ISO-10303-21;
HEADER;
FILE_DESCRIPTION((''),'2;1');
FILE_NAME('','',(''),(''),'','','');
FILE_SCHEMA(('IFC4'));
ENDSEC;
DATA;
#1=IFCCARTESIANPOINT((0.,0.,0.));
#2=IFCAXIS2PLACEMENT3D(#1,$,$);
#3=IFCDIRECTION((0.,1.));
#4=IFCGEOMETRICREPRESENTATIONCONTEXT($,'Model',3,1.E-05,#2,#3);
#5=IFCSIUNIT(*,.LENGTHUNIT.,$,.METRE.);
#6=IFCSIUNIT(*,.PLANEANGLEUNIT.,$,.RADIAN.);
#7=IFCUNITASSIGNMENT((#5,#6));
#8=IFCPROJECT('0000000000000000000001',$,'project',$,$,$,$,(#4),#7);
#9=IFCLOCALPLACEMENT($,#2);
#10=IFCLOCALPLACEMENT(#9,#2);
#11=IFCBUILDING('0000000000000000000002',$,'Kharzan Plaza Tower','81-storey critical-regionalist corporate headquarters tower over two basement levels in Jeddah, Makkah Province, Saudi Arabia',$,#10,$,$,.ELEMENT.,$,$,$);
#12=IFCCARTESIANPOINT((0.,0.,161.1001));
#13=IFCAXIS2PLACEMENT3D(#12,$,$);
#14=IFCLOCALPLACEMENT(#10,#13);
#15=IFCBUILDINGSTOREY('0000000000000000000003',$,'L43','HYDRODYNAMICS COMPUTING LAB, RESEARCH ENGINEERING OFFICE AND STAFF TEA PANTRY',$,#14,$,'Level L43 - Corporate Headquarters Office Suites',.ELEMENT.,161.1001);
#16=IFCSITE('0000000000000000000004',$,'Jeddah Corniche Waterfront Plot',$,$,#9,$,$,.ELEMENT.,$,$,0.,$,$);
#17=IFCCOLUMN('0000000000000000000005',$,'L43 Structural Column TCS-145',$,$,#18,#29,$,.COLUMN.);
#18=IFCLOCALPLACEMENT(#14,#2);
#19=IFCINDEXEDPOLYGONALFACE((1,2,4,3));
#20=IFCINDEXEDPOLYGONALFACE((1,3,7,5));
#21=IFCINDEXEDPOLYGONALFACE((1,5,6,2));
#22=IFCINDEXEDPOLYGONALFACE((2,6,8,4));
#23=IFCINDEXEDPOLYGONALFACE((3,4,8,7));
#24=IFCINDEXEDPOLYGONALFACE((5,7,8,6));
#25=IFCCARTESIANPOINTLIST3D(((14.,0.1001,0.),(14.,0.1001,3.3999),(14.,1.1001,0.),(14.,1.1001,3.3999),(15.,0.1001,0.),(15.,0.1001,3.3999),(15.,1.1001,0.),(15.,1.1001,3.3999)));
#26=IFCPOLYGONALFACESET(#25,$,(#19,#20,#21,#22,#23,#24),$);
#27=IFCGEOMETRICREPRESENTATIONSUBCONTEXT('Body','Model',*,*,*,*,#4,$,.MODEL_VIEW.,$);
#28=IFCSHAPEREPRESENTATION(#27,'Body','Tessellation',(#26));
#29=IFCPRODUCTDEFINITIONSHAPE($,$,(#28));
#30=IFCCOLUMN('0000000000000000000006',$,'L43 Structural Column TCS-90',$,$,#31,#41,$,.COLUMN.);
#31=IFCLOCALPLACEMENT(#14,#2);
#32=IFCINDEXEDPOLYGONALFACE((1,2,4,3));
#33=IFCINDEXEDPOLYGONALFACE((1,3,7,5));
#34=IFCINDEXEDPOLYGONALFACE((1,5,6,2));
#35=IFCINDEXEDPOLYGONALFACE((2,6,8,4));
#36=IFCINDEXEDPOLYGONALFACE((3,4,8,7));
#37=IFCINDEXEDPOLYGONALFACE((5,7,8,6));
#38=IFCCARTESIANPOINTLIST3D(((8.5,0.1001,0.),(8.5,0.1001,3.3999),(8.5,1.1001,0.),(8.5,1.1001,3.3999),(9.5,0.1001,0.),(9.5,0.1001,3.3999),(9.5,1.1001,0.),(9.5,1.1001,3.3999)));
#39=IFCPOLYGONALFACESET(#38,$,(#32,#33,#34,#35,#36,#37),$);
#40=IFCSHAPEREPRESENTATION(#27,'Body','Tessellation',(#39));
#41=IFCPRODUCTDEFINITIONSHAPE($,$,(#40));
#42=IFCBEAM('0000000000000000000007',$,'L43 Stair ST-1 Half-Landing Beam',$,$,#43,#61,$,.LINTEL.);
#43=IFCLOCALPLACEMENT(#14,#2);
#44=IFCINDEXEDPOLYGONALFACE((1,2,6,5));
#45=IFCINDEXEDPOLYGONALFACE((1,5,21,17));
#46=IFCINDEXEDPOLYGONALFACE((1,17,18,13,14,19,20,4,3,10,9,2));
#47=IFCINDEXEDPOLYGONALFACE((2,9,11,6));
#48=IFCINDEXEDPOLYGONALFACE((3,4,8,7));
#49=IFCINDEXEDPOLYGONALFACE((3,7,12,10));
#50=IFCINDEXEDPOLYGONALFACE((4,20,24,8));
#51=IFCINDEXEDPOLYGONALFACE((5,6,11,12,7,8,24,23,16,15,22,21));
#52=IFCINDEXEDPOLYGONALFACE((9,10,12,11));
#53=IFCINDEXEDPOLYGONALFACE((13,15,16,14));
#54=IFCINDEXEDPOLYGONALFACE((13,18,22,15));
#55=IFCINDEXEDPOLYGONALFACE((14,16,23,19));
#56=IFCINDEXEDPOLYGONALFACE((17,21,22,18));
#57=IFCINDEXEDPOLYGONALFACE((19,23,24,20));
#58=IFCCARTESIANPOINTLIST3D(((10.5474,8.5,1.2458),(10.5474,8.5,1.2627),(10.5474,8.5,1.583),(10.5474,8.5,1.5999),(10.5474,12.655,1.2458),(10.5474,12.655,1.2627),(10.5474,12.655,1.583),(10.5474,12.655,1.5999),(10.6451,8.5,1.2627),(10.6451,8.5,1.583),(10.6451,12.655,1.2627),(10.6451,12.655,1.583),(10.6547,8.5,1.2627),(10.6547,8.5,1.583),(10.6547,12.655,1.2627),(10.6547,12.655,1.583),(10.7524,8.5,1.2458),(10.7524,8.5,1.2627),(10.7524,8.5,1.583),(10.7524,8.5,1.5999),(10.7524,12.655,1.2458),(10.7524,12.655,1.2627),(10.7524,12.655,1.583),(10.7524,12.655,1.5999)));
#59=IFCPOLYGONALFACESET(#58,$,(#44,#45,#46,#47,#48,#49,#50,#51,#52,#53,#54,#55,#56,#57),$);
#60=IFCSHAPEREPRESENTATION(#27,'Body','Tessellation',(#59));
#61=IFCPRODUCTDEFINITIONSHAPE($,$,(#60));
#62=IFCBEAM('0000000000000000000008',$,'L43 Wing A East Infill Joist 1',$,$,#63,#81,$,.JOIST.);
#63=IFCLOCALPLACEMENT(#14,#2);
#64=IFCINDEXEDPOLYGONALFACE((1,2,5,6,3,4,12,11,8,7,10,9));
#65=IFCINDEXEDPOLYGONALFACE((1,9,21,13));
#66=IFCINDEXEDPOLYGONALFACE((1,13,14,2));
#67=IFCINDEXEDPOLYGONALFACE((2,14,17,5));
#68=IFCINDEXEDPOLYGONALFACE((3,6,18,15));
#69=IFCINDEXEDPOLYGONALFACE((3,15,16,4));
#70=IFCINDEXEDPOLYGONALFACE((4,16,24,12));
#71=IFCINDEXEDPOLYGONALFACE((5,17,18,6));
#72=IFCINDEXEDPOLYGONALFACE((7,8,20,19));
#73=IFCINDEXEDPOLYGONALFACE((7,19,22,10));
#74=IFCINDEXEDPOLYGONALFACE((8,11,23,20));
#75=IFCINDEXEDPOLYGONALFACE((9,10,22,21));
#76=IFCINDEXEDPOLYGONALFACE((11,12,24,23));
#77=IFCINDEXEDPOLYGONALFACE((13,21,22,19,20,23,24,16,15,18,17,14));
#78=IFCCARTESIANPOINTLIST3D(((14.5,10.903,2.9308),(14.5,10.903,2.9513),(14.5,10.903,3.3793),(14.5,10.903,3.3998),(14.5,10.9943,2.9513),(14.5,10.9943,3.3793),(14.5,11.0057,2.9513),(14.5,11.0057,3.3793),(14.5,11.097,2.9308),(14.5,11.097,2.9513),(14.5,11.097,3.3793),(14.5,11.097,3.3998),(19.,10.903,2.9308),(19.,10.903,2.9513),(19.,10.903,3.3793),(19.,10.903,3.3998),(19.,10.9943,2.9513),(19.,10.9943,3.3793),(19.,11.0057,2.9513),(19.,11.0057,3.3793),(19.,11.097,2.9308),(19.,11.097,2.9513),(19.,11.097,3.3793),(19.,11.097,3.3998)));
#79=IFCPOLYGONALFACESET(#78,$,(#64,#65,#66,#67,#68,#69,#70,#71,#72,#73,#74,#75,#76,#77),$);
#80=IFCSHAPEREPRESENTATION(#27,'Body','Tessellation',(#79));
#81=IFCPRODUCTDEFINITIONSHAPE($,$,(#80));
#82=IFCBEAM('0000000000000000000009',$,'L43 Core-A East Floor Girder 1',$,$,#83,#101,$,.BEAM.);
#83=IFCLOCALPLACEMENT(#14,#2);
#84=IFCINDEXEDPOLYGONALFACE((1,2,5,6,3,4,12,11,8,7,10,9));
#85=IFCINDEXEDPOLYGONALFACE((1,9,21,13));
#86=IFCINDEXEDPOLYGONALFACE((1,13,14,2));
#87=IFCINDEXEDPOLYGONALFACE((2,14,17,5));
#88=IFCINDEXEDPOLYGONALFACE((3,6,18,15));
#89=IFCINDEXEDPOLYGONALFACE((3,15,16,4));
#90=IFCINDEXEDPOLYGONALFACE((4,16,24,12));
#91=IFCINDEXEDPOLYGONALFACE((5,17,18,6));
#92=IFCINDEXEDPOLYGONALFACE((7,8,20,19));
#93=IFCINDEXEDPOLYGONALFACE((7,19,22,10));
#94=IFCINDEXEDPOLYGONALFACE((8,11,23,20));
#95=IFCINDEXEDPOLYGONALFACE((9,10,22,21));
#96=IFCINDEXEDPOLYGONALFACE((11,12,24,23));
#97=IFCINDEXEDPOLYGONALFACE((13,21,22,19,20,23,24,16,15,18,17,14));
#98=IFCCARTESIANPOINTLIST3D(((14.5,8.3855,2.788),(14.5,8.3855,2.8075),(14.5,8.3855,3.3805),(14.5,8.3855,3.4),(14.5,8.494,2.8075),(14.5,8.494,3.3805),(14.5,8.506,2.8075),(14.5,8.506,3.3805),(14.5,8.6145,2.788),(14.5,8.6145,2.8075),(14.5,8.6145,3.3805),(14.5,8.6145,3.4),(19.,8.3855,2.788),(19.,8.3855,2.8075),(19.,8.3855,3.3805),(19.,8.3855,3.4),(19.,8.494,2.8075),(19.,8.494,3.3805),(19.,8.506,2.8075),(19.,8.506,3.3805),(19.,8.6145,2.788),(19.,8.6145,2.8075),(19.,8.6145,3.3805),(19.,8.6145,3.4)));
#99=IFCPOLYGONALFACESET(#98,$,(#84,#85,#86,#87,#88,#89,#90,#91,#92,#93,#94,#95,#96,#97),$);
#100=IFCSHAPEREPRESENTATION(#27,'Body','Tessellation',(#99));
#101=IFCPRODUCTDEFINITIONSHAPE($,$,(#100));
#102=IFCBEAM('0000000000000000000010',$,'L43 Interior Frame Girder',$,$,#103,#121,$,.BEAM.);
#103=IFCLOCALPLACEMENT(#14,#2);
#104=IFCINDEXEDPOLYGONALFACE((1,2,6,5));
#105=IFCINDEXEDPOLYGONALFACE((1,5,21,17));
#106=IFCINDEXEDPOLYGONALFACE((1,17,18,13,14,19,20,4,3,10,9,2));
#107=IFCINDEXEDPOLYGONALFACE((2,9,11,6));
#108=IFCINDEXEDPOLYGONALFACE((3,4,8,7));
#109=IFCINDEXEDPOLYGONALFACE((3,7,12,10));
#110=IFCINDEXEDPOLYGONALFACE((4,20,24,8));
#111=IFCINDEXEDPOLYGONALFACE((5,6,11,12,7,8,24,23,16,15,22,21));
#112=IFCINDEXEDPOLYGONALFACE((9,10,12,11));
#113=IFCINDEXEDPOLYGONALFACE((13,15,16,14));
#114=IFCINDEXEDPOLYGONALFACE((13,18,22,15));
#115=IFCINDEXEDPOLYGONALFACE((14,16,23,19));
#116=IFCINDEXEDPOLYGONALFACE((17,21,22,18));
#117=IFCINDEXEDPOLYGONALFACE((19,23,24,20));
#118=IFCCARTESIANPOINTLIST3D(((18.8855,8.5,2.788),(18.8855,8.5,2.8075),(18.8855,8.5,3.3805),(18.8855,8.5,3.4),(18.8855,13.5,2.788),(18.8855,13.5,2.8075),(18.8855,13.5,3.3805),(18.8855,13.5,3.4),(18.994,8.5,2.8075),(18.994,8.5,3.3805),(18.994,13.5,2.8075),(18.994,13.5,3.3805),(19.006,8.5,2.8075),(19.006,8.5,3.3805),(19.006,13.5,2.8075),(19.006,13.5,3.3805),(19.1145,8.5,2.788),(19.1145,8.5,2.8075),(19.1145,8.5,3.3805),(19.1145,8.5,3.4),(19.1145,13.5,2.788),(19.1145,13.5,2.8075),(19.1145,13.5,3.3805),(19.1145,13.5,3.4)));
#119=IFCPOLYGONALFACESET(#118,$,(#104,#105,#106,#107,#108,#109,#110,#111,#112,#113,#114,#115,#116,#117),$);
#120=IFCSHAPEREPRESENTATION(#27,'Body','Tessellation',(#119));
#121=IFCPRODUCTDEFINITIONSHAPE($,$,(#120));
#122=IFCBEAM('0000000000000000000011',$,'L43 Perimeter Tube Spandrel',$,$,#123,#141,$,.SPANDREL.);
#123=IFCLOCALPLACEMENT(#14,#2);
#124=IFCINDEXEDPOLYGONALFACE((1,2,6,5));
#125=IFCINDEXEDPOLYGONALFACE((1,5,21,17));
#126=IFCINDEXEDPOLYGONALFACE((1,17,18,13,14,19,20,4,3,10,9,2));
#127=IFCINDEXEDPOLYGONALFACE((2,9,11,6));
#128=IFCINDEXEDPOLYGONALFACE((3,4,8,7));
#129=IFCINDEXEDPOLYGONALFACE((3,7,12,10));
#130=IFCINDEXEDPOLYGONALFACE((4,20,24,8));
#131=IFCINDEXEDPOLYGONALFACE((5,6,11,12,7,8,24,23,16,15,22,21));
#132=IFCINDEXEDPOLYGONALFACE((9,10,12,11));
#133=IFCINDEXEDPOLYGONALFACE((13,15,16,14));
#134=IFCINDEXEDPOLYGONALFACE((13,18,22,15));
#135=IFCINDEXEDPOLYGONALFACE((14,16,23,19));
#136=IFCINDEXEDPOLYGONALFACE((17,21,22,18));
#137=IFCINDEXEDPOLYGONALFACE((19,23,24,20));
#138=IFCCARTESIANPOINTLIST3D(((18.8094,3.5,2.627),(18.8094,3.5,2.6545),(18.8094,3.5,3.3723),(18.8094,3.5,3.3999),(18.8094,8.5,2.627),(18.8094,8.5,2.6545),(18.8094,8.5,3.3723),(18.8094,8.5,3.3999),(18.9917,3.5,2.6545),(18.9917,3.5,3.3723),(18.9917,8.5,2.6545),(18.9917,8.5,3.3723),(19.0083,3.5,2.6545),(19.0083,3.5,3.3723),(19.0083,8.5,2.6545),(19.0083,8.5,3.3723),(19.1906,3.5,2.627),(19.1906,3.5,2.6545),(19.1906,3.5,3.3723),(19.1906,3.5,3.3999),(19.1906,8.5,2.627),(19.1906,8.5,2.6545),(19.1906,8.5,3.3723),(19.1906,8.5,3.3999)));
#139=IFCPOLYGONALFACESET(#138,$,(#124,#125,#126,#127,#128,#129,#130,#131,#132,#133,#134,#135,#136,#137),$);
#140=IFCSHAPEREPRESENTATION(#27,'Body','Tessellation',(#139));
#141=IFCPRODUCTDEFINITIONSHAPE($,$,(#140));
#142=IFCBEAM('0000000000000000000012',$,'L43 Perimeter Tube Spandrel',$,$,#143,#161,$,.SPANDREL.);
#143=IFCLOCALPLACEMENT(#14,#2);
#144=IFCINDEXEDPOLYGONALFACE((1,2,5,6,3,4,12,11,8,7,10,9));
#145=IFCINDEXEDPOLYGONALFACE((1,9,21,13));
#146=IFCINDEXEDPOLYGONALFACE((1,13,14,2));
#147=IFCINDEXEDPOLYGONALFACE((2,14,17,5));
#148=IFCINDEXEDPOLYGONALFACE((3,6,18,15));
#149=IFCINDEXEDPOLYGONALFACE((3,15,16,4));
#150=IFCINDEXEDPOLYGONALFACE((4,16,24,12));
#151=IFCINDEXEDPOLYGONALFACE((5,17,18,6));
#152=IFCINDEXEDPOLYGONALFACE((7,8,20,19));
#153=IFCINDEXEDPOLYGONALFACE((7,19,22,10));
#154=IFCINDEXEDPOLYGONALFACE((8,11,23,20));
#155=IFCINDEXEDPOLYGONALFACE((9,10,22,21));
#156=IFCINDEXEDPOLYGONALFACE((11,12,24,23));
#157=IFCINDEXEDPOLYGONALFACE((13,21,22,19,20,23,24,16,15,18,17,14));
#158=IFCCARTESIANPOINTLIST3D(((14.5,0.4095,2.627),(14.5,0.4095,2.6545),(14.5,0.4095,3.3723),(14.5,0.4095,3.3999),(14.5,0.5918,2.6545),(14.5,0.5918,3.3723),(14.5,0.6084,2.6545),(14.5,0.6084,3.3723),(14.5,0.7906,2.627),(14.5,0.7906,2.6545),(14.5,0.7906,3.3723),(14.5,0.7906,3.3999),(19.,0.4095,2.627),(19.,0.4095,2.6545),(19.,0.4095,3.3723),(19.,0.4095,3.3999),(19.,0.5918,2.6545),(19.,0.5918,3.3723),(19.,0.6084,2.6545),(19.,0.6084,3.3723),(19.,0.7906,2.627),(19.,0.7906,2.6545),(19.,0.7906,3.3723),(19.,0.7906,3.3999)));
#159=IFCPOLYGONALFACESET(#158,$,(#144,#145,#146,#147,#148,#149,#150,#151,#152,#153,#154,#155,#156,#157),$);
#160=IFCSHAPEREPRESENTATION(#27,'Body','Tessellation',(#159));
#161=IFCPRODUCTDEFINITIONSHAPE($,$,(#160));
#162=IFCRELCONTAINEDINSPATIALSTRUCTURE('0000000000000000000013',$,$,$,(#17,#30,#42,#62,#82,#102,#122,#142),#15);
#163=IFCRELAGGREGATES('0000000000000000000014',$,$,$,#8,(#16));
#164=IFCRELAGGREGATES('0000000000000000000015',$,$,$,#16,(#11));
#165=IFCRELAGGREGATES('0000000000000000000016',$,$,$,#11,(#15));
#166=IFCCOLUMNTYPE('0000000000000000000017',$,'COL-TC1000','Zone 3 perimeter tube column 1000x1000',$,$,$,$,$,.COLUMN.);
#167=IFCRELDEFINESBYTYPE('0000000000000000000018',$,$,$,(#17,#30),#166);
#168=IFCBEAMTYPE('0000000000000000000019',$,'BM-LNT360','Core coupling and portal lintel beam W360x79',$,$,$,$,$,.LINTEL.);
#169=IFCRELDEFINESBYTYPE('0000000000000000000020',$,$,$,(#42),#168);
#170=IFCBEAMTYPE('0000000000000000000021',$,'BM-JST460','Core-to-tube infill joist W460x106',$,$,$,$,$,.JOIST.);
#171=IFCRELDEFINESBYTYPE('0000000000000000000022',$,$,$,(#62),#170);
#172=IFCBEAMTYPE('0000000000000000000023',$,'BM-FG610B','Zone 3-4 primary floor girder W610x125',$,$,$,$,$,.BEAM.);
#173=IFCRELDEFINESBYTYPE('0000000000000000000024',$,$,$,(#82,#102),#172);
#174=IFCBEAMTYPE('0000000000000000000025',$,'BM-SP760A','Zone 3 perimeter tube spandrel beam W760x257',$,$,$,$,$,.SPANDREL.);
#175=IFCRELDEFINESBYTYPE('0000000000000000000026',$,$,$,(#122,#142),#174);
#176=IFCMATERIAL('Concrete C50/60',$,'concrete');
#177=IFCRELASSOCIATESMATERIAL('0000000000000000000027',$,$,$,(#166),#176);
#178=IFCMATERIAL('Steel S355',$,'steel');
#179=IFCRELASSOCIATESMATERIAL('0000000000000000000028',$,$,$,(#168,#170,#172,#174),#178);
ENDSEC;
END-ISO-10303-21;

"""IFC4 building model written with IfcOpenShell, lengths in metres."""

from ifc_helpers import new_model, si_unit, direction, frame, origin, origin_2d, place, context, subcontext, project, spatial, rectangle, i_section, extrude, source, transform, mapped, material, material_profile, profile_set, type_object, element, save


model = new_model("IFC4")

# Units and contexts
model_context = context("Model", 3, precision=1e-05, world=origin(), true_north=direction((0.0, 1.0)))
body_context = subcontext(model_context, "Body", "Model", "MODEL_VIEW")
ifc_project = project(units=[si_unit("LENGTHUNIT", "METRE"), si_unit("PLANEANGLEUNIT", "RADIAN")], contexts=[model_context])

# Site, building, storey
site_placement = place(None, origin())
site = spatial("IfcSite", under=ifc_project, at=site_placement, Name="Jeddah Corniche Waterfront Plot", CompositionType="ELEMENT", RefElevation=0.0)
building_placement = place(site_placement, origin())
building = spatial("IfcBuilding", under=site, at=building_placement, Name="Kharzan Plaza Tower", Description="81-storey critical-regionalist corporate headquarters tower over two basement levels in Jeddah, Makkah Province, Saudi Arabia", CompositionType="ELEMENT")
storey_placement = place(building_placement, frame((0.0, 0.0, 161.1001)))
storey = spatial("IfcBuildingStorey", under=building, at=storey_placement, Name="L43", Description="HYDRODYNAMICS COMPUTING LAB, RESEARCH ENGINEERING OFFICE AND STAFF TEA PANTRY", LongName="Level L43 - Corporate Headquarters Office Suites", CompositionType="ELEMENT", Elevation=161.1001)

# Columns
ifc_material_1 = material(Name="Concrete C50/60", Category="concrete")
ifc_material_profile_1 = material_profile(ifc_material_1, rectangle(XDim=1.0, YDim=1.0, at=origin_2d()), Name="RC-TC1000x1000")
ifc_profile_set_1 = profile_set([ifc_material_profile_1], Name="Concrete C50/60")
column_type = type_object("IfcColumnType", Name="COL-TC1000", Description="Zone 3 perimeter tube column 1000x1000", PredefinedType="COLUMN", material=ifc_profile_set_1)
shared_shape_1 = source(origin(), body_context, "Body", "SweptSolid", [
    extrude(rectangle(XDim=1.0, YDim=1.0, at=origin_2d()), origin(), (0.0, 0.0, 1.0), 3.3999),
])
for number, where, z_axis, x_axis, name in (
    (1, (14.5, 0.6001, 0.0), (0.0, 0.0, 1.0), (1.0, 0.0, 0.0), "L43 Structural Column TCS-145"),
    (2, (9.0, 0.6001, 0.0), (0.0, 0.0, 1.0), (1.0, 0.0, 0.0), "L43 Structural Column TCS-90"),
):
    element("IfcColumn", number, at=place(storey_placement, frame(where, z_axis=z_axis, x_axis=x_axis)), inside=storey, type_object=column_type, Name=name, PredefinedType="COLUMN", context=body_context, shape_type="MappedRepresentation", body=[
        mapped(shared_shape_1, transform((0.0, 0.0, 0.0), x_axis=(1.0, 0.0, 0.0), y_axis=(0.0, 1.0, 0.0), z_axis=(0.0, 0.0, 1.0))),
    ])

# Beams
ifc_material_2 = material(Name="Steel S355", Category="steel")
ifc_material_profile_2 = material_profile(ifc_material_2, i_section(OverallWidth=0.2051, OverallDepth=0.354, WebThickness=0.0095, FlangeThickness=0.0168, at=origin_2d()), Name="W360x79")
ifc_profile_set_2 = profile_set([ifc_material_profile_2], Name="Steel S355")
beam_type_1 = type_object("IfcBeamType", Name="BM-LNT360", Description="Core coupling and portal lintel beam W360x79", PredefinedType="LINTEL", material=ifc_profile_set_2)
shared_shape_2 = source(origin(), body_context, "Body", "SweptSolid", [
    extrude(i_section(OverallWidth=0.2051, OverallDepth=0.354, WebThickness=0.0095, FlangeThickness=0.0168, at=origin_2d()), origin(), (0.0, 0.0, 1.0), 4.155),
])
beam_1_placement = place(storey_placement, frame((10.6499, 8.5, 1.4229), z_axis=(0.0, 1.0, 0.0), x_axis=(-1.0, 0.0, 0.0)))
element("IfcBeam", 3, at=beam_1_placement, inside=storey, type_object=beam_type_1, Name="L43 Stair ST-1 Half-Landing Beam", PredefinedType="LINTEL", context=body_context, shape_type="MappedRepresentation", body=[
    mapped(shared_shape_2, transform((0.0, 0.0, 0.0), x_axis=(1.0, 0.0, 0.0), y_axis=(0.0, 1.0, 0.0), z_axis=(0.0, 0.0, 1.0))),
])
ifc_material_profile_3 = material_profile(ifc_material_2, i_section(OverallWidth=0.1941, OverallDepth=0.469, WebThickness=0.0115, FlangeThickness=0.0205, at=origin_2d()), Name="W460x106")
ifc_profile_set_3 = profile_set([ifc_material_profile_3], Name="Steel S355")
beam_type_2 = type_object("IfcBeamType", Name="BM-JST460", Description="Core-to-tube infill joist W460x106", PredefinedType="JOIST", material=ifc_profile_set_3)
shared_shape_3 = source(origin(), body_context, "Body", "SweptSolid", [
    extrude(i_section(OverallWidth=0.1941, OverallDepth=0.469, WebThickness=0.0115, FlangeThickness=0.0205, at=origin_2d()), origin(), (0.0, 0.0, 1.0), 4.5),
])
beam_2_placement = place(storey_placement, frame((14.5, 11.0, 3.1653), z_axis=(1.0, 0.0, 0.0), x_axis=(0.0, 1.0, 0.0)))
element("IfcBeam", 4, at=beam_2_placement, inside=storey, type_object=beam_type_2, Name="L43 Wing A East Infill Joist 1", PredefinedType="JOIST", context=body_context, shape_type="MappedRepresentation", body=[
    mapped(shared_shape_3, transform((0.0, 0.0, 0.0), x_axis=(1.0, 0.0, 0.0), y_axis=(0.0, 1.0, 0.0), z_axis=(0.0, 0.0, 1.0))),
])
ifc_material_profile_4 = material_profile(ifc_material_2, i_section(OverallWidth=0.229, OverallDepth=0.6121, WebThickness=0.012, FlangeThickness=0.0195, at=origin_2d()), Name="W610x125")
ifc_profile_set_4 = profile_set([ifc_material_profile_4], Name="Steel S355")
beam_type_3 = type_object("IfcBeamType", Name="BM-FG610B", Description="Zone 3-4 primary floor girder W610x125", PredefinedType="BEAM", material=ifc_profile_set_4)
shared_shape_4 = source(origin(), body_context, "Body", "SweptSolid", [
    extrude(i_section(OverallWidth=0.229, OverallDepth=0.6121, WebThickness=0.012, FlangeThickness=0.0195, at=origin_2d()), origin(), (0.0, 0.0, 1.0), 4.5),
])
beam_3_placement = place(storey_placement, frame((14.5, 8.5, 3.094), z_axis=(1.0, 0.0, 0.0), x_axis=(0.0, 1.0, 0.0)))
element("IfcBeam", 5, at=beam_3_placement, inside=storey, type_object=beam_type_3, Name="L43 Core-A East Floor Girder 1", PredefinedType="BEAM", context=body_context, shape_type="MappedRepresentation", body=[
    mapped(shared_shape_4, transform((0.0, 0.0, 0.0), x_axis=(1.0, 0.0, 0.0), y_axis=(0.0, 1.0, 0.0), z_axis=(0.0, 0.0, 1.0))),
])
shared_shape_5 = source(origin(), body_context, "Body", "SweptSolid", [
    extrude(i_section(OverallWidth=0.229, OverallDepth=0.6121, WebThickness=0.012, FlangeThickness=0.0195, at=origin_2d()), origin(), (0.0, 0.0, 1.0), 5.0),
])
beam_4_placement = place(storey_placement, frame((19.0, 8.5, 3.094), z_axis=(0.0, 1.0, 0.0), x_axis=(-1.0, 0.0, 0.0)))
element("IfcBeam", 6, at=beam_4_placement, inside=storey, type_object=beam_type_3, Name="L43 Interior Frame Girder", PredefinedType="BEAM", context=body_context, shape_type="MappedRepresentation", body=[
    mapped(shared_shape_5, transform((0.0, 0.0, 0.0), x_axis=(1.0, 0.0, 0.0), y_axis=(0.0, 1.0, 0.0), z_axis=(0.0, 0.0, 1.0))),
])
ifc_material_profile_5 = material_profile(ifc_material_2, i_section(OverallWidth=0.3811, OverallDepth=0.7729, WebThickness=0.0166, FlangeThickness=0.0276, at=origin_2d()), Name="W760x257")
ifc_profile_set_5 = profile_set([ifc_material_profile_5], Name="Steel S355")
beam_type_4 = type_object("IfcBeamType", Name="BM-SP760A", Description="Zone 3 perimeter tube spandrel beam W760x257", PredefinedType="SPANDREL", material=ifc_profile_set_5)
shared_shape_6 = source(origin(), body_context, "Body", "SweptSolid", [
    extrude(i_section(OverallWidth=0.3811, OverallDepth=0.7729, WebThickness=0.0166, FlangeThickness=0.0276, at=origin_2d()), origin(), (0.0, 0.0, 1.0), 5.0),
])
beam_5_placement = place(storey_placement, frame((19.0, 3.5, 3.0134), z_axis=(0.0, 1.0, 0.0), x_axis=(-1.0, 0.0, 0.0)))
element("IfcBeam", 7, at=beam_5_placement, inside=storey, type_object=beam_type_4, Name="L43 Perimeter Tube Spandrel", PredefinedType="SPANDREL", context=body_context, shape_type="MappedRepresentation", body=[
    mapped(shared_shape_6, transform((0.0, 0.0, 0.0), x_axis=(1.0, 0.0, 0.0), y_axis=(0.0, 1.0, 0.0), z_axis=(0.0, 0.0, 1.0))),
])
shared_shape_7 = source(origin(), body_context, "Body", "SweptSolid", [
    extrude(i_section(OverallWidth=0.3811, OverallDepth=0.7729, WebThickness=0.0166, FlangeThickness=0.0276, at=origin_2d()), origin(), (0.0, 0.0, 1.0), 4.5),
])
beam_6_placement = place(storey_placement, frame((14.5, 0.6001, 3.0134), z_axis=(1.0, 0.0, 0.0), x_axis=(0.0, 1.0, 0.0)))
element("IfcBeam", 8, at=beam_6_placement, inside=storey, type_object=beam_type_4, Name="L43 Perimeter Tube Spandrel", PredefinedType="SPANDREL", context=body_context, shape_type="MappedRepresentation", body=[
    mapped(shared_shape_7, transform((0.0, 0.0, 0.0), x_axis=(1.0, 0.0, 0.0), y_axis=(0.0, 1.0, 0.0), z_axis=(0.0, 0.0, 1.0))),
])

save(model, "model.ifc")
